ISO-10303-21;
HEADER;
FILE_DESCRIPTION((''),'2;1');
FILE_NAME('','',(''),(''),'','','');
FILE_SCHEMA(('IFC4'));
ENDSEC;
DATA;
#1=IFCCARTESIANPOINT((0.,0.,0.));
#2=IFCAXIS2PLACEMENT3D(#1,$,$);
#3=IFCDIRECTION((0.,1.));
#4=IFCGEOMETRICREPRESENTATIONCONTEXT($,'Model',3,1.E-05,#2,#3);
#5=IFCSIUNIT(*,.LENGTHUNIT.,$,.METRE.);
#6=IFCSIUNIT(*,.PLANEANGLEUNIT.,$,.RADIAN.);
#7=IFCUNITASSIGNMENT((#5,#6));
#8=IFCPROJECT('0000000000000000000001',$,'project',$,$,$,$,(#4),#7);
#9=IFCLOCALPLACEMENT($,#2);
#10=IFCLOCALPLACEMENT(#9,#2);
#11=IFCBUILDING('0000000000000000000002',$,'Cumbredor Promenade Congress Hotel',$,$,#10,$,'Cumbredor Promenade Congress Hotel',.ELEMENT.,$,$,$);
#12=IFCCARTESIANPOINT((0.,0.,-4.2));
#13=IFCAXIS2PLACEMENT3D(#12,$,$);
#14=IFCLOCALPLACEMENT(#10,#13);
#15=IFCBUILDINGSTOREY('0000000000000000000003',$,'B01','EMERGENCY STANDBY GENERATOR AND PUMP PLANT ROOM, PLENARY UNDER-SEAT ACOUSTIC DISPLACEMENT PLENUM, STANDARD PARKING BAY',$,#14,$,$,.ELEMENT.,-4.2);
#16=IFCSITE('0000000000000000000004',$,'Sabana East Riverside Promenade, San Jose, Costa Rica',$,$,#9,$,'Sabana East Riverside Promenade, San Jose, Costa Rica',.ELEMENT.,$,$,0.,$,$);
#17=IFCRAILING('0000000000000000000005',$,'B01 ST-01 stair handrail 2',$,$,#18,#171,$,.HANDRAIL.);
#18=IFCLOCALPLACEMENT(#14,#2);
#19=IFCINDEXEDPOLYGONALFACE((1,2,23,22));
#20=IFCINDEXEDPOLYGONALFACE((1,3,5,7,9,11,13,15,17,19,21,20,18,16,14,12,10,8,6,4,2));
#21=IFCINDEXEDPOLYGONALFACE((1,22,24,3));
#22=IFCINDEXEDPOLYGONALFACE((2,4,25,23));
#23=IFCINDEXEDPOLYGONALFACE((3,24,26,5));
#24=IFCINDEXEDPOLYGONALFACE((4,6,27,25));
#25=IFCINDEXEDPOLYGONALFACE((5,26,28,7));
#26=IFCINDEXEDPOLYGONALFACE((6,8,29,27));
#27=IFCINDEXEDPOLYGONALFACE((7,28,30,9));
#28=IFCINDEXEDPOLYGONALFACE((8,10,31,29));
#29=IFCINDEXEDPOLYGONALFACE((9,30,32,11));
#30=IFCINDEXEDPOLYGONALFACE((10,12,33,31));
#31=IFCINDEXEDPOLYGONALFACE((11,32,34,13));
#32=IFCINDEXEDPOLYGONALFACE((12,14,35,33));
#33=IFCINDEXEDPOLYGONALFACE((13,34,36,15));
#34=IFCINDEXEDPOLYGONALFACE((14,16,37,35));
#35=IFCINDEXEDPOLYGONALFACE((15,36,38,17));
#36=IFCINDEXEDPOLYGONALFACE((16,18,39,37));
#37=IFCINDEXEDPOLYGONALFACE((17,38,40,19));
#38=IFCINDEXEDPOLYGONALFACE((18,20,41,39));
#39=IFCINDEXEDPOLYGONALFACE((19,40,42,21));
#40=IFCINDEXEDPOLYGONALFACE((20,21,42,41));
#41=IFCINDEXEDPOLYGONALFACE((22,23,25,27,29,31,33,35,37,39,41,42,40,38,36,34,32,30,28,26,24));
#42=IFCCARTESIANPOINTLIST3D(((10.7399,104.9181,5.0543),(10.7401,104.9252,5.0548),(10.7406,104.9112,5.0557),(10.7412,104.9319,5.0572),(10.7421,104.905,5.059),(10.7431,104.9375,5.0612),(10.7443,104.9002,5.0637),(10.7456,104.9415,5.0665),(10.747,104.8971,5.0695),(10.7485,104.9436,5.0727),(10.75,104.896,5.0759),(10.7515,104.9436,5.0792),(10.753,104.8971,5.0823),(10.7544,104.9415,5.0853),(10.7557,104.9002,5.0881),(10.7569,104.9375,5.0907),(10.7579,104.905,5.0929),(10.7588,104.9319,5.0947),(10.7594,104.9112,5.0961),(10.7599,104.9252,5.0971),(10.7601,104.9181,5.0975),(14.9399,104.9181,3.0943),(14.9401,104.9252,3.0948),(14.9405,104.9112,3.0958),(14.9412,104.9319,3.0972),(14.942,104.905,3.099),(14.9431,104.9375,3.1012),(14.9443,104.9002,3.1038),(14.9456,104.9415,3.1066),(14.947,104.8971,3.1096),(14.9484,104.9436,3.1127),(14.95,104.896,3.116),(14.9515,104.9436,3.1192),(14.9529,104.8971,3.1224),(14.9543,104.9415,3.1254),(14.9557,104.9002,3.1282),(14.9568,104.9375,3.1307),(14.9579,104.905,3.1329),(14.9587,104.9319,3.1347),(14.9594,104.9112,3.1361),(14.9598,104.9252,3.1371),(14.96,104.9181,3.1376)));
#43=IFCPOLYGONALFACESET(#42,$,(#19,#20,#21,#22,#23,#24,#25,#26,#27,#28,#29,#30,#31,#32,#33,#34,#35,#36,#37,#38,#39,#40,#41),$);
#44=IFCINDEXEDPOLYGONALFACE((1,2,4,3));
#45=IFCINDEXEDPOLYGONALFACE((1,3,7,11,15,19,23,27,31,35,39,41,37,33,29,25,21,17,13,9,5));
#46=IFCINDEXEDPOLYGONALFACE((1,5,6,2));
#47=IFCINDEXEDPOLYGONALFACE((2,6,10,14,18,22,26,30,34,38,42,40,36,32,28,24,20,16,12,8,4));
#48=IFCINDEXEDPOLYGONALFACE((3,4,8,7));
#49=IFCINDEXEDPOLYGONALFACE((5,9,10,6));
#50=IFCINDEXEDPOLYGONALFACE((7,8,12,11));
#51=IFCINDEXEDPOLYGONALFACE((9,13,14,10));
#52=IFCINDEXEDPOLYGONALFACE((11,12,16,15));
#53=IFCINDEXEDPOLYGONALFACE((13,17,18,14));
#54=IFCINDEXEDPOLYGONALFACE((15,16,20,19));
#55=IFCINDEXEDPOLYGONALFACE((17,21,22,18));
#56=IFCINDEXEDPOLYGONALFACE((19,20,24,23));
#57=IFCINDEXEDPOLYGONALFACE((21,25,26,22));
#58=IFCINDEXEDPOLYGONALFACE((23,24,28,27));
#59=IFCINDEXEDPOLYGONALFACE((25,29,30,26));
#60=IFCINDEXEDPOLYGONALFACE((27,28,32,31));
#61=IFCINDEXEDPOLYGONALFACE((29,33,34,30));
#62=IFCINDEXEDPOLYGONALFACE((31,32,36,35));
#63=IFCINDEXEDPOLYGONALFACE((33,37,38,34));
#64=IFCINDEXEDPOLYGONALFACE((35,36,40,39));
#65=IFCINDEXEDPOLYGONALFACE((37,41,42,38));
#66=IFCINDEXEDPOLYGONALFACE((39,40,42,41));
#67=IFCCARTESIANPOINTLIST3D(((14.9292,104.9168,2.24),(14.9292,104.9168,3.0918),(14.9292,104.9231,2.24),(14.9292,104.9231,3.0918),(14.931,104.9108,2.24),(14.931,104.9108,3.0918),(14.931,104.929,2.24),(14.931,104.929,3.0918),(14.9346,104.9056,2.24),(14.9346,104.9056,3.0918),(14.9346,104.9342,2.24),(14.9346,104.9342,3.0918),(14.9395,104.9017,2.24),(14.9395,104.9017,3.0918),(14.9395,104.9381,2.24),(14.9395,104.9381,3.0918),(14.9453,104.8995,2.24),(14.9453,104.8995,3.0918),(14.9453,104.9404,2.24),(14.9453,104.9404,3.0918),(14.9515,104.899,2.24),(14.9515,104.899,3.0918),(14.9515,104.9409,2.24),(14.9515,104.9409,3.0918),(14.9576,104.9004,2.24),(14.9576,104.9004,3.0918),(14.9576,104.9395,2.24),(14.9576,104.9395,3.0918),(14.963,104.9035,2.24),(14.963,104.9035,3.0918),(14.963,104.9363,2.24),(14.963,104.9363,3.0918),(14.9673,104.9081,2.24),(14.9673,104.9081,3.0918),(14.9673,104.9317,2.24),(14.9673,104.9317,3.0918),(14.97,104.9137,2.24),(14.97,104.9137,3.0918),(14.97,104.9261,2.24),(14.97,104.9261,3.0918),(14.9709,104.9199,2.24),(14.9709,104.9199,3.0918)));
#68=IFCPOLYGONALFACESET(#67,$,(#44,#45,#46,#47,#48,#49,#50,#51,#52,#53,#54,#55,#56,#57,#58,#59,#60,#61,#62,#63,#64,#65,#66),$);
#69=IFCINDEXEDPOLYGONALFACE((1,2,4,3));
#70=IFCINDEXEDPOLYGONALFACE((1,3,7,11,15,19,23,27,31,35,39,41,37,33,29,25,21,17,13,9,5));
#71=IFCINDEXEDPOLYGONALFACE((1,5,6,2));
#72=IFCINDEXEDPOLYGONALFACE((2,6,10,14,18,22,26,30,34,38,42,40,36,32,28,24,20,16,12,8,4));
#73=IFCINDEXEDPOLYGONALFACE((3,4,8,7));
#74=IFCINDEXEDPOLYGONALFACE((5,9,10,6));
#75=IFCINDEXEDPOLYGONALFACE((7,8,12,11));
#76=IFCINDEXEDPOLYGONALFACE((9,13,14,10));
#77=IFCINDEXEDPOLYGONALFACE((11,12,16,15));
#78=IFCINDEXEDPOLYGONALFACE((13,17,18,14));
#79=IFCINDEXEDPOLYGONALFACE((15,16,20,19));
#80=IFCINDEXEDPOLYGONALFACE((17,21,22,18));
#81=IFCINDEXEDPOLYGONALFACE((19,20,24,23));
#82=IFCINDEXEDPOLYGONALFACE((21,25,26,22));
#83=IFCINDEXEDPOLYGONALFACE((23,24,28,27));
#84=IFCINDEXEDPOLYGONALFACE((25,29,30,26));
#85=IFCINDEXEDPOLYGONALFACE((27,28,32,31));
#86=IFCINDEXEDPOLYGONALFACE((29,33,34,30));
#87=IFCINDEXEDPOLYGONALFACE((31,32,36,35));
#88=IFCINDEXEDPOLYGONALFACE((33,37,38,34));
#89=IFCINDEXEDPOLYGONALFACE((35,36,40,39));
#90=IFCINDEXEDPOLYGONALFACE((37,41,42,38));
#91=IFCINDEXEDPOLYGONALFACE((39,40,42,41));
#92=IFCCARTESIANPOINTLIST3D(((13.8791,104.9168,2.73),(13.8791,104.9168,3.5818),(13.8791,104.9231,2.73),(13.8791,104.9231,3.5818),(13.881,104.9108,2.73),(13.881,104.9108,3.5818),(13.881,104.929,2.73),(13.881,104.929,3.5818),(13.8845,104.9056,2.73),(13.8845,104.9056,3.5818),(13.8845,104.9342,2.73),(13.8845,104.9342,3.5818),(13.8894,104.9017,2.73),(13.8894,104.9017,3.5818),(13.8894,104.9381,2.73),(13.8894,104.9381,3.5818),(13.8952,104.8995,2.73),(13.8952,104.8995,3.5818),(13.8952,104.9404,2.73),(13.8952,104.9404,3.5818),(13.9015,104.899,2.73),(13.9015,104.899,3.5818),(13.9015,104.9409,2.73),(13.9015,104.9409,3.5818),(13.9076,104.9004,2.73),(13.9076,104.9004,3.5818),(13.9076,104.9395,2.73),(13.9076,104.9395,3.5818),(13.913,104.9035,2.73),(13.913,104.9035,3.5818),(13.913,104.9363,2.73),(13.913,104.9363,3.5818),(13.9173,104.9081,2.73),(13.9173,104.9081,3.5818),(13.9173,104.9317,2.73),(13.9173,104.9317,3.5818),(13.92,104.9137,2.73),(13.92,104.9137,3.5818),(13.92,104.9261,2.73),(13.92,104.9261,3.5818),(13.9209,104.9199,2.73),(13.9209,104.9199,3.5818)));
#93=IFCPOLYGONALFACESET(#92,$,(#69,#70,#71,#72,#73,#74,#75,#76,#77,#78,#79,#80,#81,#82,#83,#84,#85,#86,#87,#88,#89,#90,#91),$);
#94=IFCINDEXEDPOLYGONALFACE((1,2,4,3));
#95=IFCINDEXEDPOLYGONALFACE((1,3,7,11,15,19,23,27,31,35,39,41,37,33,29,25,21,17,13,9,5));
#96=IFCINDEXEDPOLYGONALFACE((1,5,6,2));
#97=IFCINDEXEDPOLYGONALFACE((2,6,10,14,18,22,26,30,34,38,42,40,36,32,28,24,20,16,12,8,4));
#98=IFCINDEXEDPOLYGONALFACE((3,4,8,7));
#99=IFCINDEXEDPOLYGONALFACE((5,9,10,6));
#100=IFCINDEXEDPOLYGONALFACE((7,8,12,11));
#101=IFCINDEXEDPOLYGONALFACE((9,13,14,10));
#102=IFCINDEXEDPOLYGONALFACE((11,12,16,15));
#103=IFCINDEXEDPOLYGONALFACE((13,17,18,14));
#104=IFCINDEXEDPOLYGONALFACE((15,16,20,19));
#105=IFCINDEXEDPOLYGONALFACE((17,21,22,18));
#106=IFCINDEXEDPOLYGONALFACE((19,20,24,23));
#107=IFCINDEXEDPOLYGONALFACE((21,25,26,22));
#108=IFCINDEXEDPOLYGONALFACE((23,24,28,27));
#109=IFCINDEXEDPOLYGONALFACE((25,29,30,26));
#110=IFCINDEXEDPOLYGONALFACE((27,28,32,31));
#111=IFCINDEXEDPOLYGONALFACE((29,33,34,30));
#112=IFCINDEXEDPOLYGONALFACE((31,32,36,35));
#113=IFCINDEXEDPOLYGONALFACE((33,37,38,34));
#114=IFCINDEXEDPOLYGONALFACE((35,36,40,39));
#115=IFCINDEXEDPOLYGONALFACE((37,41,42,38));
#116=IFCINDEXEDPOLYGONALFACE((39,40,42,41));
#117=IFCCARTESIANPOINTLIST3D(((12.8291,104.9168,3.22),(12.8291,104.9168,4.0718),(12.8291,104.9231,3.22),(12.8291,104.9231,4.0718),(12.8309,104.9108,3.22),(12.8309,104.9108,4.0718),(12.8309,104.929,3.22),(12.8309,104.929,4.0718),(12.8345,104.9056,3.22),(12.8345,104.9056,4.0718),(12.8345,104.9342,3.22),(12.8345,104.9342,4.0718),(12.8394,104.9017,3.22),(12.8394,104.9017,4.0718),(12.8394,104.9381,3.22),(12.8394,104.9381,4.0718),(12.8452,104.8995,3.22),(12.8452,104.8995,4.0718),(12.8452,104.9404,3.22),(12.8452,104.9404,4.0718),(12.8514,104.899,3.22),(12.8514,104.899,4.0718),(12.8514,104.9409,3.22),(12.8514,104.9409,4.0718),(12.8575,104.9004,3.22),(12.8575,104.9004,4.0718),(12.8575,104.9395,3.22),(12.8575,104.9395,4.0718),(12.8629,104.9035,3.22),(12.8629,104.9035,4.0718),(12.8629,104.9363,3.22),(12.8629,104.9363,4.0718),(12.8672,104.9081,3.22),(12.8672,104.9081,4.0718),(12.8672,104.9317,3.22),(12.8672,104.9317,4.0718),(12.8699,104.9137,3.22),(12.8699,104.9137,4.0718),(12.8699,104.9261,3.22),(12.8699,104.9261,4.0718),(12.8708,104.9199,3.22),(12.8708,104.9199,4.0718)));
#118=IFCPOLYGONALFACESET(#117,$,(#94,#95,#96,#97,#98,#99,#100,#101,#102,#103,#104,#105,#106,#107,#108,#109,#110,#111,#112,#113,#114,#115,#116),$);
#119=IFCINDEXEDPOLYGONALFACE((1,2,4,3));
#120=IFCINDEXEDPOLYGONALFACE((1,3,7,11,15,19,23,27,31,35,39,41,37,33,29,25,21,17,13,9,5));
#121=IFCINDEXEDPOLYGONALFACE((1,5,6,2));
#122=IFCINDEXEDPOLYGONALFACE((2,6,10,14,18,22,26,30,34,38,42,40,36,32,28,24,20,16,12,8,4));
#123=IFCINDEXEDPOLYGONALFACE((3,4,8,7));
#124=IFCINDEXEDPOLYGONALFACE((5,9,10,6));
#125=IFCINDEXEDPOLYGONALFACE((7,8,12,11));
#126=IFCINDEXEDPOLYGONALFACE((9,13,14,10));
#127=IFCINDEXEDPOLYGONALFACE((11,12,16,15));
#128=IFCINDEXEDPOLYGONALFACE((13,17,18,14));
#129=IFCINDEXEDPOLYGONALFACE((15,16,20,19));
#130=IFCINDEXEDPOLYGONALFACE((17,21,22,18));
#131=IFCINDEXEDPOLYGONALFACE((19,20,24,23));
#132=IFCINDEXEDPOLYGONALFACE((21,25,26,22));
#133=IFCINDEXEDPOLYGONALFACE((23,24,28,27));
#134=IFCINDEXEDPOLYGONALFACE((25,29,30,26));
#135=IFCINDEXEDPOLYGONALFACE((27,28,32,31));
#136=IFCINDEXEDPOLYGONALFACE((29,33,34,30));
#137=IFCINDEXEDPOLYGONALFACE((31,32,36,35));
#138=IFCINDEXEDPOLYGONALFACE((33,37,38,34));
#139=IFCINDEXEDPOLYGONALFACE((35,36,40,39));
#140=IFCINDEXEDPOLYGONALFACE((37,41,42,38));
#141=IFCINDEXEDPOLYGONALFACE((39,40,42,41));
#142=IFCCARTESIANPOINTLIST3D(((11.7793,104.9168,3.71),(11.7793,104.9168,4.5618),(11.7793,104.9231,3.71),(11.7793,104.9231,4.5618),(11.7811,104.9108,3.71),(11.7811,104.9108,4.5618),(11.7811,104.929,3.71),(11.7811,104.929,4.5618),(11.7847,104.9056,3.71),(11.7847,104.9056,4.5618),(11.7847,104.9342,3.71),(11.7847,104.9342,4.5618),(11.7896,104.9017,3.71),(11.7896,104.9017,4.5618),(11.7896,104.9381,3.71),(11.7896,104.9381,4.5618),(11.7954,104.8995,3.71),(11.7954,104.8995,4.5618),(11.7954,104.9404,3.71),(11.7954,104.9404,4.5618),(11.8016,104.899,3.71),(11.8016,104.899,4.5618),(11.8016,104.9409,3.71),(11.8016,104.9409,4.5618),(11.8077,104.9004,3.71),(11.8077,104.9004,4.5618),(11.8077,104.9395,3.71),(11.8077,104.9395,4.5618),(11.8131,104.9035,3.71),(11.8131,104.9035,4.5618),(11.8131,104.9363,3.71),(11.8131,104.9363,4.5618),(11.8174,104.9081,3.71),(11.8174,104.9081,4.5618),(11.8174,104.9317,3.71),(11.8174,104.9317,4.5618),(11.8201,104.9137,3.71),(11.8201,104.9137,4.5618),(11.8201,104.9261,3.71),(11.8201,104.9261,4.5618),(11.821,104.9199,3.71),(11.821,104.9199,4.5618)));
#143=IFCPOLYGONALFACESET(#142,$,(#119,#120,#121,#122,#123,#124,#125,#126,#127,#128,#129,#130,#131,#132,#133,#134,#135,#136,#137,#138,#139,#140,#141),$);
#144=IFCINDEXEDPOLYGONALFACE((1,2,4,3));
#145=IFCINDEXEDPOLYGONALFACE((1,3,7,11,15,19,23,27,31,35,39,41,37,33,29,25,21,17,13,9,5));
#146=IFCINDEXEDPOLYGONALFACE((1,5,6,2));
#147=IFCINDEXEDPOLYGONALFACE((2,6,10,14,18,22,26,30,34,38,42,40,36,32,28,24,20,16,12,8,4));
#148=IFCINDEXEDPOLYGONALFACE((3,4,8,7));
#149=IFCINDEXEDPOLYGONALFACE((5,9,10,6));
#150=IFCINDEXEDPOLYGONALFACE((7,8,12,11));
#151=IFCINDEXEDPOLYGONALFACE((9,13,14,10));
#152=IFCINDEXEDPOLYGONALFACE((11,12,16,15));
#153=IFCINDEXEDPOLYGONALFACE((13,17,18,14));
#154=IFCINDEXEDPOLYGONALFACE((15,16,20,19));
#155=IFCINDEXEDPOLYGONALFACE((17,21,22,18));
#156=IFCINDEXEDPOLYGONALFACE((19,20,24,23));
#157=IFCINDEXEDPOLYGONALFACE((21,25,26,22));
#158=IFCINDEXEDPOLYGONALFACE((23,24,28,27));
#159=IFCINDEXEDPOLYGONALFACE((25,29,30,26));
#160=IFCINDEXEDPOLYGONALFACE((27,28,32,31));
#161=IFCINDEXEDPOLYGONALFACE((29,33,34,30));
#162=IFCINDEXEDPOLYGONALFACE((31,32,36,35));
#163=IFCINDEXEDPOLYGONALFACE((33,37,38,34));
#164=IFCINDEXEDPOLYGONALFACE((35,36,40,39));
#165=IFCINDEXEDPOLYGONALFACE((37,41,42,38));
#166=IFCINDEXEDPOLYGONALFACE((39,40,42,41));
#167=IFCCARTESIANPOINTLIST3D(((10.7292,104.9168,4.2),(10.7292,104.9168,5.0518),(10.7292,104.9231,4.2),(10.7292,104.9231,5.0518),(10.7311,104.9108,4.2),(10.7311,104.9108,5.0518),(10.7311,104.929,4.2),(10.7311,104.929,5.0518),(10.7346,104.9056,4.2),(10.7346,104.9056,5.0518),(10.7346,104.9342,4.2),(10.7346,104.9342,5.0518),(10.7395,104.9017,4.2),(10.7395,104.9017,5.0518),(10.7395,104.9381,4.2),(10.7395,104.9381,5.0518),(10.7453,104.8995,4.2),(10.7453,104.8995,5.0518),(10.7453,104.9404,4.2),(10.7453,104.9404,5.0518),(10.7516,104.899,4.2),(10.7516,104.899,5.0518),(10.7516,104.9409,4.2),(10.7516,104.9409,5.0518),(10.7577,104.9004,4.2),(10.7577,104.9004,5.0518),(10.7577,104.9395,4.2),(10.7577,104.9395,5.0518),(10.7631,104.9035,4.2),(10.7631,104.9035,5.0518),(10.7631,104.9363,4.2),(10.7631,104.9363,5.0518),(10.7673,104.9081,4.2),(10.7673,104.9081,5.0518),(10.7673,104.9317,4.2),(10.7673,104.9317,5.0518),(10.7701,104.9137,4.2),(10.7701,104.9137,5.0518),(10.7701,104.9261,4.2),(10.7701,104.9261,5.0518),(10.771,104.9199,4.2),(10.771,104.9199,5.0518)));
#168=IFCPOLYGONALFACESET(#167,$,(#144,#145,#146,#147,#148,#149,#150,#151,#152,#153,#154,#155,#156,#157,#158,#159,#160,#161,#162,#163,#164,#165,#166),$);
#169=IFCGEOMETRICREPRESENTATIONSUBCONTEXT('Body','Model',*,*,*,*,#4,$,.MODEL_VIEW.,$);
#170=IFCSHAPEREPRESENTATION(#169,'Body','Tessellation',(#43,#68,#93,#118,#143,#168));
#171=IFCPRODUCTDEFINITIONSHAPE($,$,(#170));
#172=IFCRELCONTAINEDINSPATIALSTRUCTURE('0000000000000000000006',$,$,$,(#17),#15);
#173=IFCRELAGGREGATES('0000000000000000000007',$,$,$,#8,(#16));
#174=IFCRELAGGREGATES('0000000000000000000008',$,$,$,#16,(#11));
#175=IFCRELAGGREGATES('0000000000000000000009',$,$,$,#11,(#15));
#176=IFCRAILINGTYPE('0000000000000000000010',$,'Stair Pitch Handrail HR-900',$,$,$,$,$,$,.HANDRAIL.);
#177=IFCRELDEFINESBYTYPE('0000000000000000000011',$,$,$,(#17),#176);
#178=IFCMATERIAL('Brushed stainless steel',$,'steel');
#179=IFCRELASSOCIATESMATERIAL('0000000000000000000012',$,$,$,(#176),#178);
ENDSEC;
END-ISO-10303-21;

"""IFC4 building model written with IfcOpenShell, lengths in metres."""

from ifc_helpers import new_model, si_unit, direction, frame, origin, origin_2d, place, context, subcontext, project, spatial, circle, extrude, material, type_object, element, save


model = new_model("IFC4")

# Units and contexts
model_context = context("Model", 3, precision=1e-05, world=origin(), true_north=direction((0.0, 1.0)))
body_context = subcontext(model_context, "Body", "Model", "MODEL_VIEW")
ifc_project = project(units=[si_unit("LENGTHUNIT", "METRE"), si_unit("PLANEANGLEUNIT", "RADIAN")], contexts=[model_context])

# Site, building, storey
site_placement = place(None, origin())
site = spatial("IfcSite", under=ifc_project, at=site_placement, Name="Sabana East Riverside Promenade, San Jose, Costa Rica", LongName="Sabana East Riverside Promenade, San Jose, Costa Rica", CompositionType="ELEMENT", RefElevation=0.0)
building_placement = place(site_placement, origin())
building = spatial("IfcBuilding", under=site, at=building_placement, Name="Cumbredor Promenade Congress Hotel", LongName="Cumbredor Promenade Congress Hotel", CompositionType="ELEMENT")
storey_placement = place(building_placement, frame((0.0, 0.0, -4.2)))
storey = spatial("IfcBuildingStorey", under=building, at=storey_placement, Name="B01", Description="EMERGENCY STANDBY GENERATOR AND PUMP PLANT ROOM, PLENARY UNDER-SEAT ACOUSTIC DISPLACEMENT PLENUM, STANDARD PARKING BAY", CompositionType="ELEMENT", Elevation=-4.2)

# Railing
ifc_material_1 = material(Name="Brushed stainless steel", Category="steel")
railing_type_1 = type_object("IfcRailingType", Name="Stair Pitch Handrail HR-900", PredefinedType="HANDRAIL", material=ifc_material_1)
railing_1_placement = place(storey_placement, frame((14.95, 104.9199, 2.24)))
element("IfcRailing", 1, at=railing_1_placement, inside=storey, type_object=railing_type_1, Name="B01 ST-01 stair handrail 2", PredefinedType="HANDRAIL", context=body_context, shape_type="SweptSolid", body=[
    extrude(circle(Radius=0.0239, at=origin_2d()), frame((0.0, 0.0, 0.876), z_axis=(-0.906184, 0.0, 0.422883), x_axis=(0.0, -1.0, 0.0)), (0.0, 0.0, 1.0), 4.6348),
    extrude(circle(Radius=0.021, at=origin_2d()), origin(), (0.0, 0.0, 1.0), 0.8518),
    extrude(circle(Radius=0.021, at=origin_2d()), frame((-1.05, 0.0, 0.49)), (0.0, 0.0, 1.0), 0.8518),
    extrude(circle(Radius=0.021, at=origin_2d()), frame((-2.1001, 0.0, 0.98)), (0.0, 0.0, 1.0), 0.8518),
    extrude(circle(Radius=0.021, at=origin_2d()), frame((-3.1499, 0.0, 1.47)), (0.0, 0.0, 1.0), 0.8518),
    extrude(circle(Radius=0.021, at=origin_2d()), frame((-4.2, 0.0, 1.96)), (0.0, 0.0, 1.0), 0.8518),
])

save(model, "model.ifc")
